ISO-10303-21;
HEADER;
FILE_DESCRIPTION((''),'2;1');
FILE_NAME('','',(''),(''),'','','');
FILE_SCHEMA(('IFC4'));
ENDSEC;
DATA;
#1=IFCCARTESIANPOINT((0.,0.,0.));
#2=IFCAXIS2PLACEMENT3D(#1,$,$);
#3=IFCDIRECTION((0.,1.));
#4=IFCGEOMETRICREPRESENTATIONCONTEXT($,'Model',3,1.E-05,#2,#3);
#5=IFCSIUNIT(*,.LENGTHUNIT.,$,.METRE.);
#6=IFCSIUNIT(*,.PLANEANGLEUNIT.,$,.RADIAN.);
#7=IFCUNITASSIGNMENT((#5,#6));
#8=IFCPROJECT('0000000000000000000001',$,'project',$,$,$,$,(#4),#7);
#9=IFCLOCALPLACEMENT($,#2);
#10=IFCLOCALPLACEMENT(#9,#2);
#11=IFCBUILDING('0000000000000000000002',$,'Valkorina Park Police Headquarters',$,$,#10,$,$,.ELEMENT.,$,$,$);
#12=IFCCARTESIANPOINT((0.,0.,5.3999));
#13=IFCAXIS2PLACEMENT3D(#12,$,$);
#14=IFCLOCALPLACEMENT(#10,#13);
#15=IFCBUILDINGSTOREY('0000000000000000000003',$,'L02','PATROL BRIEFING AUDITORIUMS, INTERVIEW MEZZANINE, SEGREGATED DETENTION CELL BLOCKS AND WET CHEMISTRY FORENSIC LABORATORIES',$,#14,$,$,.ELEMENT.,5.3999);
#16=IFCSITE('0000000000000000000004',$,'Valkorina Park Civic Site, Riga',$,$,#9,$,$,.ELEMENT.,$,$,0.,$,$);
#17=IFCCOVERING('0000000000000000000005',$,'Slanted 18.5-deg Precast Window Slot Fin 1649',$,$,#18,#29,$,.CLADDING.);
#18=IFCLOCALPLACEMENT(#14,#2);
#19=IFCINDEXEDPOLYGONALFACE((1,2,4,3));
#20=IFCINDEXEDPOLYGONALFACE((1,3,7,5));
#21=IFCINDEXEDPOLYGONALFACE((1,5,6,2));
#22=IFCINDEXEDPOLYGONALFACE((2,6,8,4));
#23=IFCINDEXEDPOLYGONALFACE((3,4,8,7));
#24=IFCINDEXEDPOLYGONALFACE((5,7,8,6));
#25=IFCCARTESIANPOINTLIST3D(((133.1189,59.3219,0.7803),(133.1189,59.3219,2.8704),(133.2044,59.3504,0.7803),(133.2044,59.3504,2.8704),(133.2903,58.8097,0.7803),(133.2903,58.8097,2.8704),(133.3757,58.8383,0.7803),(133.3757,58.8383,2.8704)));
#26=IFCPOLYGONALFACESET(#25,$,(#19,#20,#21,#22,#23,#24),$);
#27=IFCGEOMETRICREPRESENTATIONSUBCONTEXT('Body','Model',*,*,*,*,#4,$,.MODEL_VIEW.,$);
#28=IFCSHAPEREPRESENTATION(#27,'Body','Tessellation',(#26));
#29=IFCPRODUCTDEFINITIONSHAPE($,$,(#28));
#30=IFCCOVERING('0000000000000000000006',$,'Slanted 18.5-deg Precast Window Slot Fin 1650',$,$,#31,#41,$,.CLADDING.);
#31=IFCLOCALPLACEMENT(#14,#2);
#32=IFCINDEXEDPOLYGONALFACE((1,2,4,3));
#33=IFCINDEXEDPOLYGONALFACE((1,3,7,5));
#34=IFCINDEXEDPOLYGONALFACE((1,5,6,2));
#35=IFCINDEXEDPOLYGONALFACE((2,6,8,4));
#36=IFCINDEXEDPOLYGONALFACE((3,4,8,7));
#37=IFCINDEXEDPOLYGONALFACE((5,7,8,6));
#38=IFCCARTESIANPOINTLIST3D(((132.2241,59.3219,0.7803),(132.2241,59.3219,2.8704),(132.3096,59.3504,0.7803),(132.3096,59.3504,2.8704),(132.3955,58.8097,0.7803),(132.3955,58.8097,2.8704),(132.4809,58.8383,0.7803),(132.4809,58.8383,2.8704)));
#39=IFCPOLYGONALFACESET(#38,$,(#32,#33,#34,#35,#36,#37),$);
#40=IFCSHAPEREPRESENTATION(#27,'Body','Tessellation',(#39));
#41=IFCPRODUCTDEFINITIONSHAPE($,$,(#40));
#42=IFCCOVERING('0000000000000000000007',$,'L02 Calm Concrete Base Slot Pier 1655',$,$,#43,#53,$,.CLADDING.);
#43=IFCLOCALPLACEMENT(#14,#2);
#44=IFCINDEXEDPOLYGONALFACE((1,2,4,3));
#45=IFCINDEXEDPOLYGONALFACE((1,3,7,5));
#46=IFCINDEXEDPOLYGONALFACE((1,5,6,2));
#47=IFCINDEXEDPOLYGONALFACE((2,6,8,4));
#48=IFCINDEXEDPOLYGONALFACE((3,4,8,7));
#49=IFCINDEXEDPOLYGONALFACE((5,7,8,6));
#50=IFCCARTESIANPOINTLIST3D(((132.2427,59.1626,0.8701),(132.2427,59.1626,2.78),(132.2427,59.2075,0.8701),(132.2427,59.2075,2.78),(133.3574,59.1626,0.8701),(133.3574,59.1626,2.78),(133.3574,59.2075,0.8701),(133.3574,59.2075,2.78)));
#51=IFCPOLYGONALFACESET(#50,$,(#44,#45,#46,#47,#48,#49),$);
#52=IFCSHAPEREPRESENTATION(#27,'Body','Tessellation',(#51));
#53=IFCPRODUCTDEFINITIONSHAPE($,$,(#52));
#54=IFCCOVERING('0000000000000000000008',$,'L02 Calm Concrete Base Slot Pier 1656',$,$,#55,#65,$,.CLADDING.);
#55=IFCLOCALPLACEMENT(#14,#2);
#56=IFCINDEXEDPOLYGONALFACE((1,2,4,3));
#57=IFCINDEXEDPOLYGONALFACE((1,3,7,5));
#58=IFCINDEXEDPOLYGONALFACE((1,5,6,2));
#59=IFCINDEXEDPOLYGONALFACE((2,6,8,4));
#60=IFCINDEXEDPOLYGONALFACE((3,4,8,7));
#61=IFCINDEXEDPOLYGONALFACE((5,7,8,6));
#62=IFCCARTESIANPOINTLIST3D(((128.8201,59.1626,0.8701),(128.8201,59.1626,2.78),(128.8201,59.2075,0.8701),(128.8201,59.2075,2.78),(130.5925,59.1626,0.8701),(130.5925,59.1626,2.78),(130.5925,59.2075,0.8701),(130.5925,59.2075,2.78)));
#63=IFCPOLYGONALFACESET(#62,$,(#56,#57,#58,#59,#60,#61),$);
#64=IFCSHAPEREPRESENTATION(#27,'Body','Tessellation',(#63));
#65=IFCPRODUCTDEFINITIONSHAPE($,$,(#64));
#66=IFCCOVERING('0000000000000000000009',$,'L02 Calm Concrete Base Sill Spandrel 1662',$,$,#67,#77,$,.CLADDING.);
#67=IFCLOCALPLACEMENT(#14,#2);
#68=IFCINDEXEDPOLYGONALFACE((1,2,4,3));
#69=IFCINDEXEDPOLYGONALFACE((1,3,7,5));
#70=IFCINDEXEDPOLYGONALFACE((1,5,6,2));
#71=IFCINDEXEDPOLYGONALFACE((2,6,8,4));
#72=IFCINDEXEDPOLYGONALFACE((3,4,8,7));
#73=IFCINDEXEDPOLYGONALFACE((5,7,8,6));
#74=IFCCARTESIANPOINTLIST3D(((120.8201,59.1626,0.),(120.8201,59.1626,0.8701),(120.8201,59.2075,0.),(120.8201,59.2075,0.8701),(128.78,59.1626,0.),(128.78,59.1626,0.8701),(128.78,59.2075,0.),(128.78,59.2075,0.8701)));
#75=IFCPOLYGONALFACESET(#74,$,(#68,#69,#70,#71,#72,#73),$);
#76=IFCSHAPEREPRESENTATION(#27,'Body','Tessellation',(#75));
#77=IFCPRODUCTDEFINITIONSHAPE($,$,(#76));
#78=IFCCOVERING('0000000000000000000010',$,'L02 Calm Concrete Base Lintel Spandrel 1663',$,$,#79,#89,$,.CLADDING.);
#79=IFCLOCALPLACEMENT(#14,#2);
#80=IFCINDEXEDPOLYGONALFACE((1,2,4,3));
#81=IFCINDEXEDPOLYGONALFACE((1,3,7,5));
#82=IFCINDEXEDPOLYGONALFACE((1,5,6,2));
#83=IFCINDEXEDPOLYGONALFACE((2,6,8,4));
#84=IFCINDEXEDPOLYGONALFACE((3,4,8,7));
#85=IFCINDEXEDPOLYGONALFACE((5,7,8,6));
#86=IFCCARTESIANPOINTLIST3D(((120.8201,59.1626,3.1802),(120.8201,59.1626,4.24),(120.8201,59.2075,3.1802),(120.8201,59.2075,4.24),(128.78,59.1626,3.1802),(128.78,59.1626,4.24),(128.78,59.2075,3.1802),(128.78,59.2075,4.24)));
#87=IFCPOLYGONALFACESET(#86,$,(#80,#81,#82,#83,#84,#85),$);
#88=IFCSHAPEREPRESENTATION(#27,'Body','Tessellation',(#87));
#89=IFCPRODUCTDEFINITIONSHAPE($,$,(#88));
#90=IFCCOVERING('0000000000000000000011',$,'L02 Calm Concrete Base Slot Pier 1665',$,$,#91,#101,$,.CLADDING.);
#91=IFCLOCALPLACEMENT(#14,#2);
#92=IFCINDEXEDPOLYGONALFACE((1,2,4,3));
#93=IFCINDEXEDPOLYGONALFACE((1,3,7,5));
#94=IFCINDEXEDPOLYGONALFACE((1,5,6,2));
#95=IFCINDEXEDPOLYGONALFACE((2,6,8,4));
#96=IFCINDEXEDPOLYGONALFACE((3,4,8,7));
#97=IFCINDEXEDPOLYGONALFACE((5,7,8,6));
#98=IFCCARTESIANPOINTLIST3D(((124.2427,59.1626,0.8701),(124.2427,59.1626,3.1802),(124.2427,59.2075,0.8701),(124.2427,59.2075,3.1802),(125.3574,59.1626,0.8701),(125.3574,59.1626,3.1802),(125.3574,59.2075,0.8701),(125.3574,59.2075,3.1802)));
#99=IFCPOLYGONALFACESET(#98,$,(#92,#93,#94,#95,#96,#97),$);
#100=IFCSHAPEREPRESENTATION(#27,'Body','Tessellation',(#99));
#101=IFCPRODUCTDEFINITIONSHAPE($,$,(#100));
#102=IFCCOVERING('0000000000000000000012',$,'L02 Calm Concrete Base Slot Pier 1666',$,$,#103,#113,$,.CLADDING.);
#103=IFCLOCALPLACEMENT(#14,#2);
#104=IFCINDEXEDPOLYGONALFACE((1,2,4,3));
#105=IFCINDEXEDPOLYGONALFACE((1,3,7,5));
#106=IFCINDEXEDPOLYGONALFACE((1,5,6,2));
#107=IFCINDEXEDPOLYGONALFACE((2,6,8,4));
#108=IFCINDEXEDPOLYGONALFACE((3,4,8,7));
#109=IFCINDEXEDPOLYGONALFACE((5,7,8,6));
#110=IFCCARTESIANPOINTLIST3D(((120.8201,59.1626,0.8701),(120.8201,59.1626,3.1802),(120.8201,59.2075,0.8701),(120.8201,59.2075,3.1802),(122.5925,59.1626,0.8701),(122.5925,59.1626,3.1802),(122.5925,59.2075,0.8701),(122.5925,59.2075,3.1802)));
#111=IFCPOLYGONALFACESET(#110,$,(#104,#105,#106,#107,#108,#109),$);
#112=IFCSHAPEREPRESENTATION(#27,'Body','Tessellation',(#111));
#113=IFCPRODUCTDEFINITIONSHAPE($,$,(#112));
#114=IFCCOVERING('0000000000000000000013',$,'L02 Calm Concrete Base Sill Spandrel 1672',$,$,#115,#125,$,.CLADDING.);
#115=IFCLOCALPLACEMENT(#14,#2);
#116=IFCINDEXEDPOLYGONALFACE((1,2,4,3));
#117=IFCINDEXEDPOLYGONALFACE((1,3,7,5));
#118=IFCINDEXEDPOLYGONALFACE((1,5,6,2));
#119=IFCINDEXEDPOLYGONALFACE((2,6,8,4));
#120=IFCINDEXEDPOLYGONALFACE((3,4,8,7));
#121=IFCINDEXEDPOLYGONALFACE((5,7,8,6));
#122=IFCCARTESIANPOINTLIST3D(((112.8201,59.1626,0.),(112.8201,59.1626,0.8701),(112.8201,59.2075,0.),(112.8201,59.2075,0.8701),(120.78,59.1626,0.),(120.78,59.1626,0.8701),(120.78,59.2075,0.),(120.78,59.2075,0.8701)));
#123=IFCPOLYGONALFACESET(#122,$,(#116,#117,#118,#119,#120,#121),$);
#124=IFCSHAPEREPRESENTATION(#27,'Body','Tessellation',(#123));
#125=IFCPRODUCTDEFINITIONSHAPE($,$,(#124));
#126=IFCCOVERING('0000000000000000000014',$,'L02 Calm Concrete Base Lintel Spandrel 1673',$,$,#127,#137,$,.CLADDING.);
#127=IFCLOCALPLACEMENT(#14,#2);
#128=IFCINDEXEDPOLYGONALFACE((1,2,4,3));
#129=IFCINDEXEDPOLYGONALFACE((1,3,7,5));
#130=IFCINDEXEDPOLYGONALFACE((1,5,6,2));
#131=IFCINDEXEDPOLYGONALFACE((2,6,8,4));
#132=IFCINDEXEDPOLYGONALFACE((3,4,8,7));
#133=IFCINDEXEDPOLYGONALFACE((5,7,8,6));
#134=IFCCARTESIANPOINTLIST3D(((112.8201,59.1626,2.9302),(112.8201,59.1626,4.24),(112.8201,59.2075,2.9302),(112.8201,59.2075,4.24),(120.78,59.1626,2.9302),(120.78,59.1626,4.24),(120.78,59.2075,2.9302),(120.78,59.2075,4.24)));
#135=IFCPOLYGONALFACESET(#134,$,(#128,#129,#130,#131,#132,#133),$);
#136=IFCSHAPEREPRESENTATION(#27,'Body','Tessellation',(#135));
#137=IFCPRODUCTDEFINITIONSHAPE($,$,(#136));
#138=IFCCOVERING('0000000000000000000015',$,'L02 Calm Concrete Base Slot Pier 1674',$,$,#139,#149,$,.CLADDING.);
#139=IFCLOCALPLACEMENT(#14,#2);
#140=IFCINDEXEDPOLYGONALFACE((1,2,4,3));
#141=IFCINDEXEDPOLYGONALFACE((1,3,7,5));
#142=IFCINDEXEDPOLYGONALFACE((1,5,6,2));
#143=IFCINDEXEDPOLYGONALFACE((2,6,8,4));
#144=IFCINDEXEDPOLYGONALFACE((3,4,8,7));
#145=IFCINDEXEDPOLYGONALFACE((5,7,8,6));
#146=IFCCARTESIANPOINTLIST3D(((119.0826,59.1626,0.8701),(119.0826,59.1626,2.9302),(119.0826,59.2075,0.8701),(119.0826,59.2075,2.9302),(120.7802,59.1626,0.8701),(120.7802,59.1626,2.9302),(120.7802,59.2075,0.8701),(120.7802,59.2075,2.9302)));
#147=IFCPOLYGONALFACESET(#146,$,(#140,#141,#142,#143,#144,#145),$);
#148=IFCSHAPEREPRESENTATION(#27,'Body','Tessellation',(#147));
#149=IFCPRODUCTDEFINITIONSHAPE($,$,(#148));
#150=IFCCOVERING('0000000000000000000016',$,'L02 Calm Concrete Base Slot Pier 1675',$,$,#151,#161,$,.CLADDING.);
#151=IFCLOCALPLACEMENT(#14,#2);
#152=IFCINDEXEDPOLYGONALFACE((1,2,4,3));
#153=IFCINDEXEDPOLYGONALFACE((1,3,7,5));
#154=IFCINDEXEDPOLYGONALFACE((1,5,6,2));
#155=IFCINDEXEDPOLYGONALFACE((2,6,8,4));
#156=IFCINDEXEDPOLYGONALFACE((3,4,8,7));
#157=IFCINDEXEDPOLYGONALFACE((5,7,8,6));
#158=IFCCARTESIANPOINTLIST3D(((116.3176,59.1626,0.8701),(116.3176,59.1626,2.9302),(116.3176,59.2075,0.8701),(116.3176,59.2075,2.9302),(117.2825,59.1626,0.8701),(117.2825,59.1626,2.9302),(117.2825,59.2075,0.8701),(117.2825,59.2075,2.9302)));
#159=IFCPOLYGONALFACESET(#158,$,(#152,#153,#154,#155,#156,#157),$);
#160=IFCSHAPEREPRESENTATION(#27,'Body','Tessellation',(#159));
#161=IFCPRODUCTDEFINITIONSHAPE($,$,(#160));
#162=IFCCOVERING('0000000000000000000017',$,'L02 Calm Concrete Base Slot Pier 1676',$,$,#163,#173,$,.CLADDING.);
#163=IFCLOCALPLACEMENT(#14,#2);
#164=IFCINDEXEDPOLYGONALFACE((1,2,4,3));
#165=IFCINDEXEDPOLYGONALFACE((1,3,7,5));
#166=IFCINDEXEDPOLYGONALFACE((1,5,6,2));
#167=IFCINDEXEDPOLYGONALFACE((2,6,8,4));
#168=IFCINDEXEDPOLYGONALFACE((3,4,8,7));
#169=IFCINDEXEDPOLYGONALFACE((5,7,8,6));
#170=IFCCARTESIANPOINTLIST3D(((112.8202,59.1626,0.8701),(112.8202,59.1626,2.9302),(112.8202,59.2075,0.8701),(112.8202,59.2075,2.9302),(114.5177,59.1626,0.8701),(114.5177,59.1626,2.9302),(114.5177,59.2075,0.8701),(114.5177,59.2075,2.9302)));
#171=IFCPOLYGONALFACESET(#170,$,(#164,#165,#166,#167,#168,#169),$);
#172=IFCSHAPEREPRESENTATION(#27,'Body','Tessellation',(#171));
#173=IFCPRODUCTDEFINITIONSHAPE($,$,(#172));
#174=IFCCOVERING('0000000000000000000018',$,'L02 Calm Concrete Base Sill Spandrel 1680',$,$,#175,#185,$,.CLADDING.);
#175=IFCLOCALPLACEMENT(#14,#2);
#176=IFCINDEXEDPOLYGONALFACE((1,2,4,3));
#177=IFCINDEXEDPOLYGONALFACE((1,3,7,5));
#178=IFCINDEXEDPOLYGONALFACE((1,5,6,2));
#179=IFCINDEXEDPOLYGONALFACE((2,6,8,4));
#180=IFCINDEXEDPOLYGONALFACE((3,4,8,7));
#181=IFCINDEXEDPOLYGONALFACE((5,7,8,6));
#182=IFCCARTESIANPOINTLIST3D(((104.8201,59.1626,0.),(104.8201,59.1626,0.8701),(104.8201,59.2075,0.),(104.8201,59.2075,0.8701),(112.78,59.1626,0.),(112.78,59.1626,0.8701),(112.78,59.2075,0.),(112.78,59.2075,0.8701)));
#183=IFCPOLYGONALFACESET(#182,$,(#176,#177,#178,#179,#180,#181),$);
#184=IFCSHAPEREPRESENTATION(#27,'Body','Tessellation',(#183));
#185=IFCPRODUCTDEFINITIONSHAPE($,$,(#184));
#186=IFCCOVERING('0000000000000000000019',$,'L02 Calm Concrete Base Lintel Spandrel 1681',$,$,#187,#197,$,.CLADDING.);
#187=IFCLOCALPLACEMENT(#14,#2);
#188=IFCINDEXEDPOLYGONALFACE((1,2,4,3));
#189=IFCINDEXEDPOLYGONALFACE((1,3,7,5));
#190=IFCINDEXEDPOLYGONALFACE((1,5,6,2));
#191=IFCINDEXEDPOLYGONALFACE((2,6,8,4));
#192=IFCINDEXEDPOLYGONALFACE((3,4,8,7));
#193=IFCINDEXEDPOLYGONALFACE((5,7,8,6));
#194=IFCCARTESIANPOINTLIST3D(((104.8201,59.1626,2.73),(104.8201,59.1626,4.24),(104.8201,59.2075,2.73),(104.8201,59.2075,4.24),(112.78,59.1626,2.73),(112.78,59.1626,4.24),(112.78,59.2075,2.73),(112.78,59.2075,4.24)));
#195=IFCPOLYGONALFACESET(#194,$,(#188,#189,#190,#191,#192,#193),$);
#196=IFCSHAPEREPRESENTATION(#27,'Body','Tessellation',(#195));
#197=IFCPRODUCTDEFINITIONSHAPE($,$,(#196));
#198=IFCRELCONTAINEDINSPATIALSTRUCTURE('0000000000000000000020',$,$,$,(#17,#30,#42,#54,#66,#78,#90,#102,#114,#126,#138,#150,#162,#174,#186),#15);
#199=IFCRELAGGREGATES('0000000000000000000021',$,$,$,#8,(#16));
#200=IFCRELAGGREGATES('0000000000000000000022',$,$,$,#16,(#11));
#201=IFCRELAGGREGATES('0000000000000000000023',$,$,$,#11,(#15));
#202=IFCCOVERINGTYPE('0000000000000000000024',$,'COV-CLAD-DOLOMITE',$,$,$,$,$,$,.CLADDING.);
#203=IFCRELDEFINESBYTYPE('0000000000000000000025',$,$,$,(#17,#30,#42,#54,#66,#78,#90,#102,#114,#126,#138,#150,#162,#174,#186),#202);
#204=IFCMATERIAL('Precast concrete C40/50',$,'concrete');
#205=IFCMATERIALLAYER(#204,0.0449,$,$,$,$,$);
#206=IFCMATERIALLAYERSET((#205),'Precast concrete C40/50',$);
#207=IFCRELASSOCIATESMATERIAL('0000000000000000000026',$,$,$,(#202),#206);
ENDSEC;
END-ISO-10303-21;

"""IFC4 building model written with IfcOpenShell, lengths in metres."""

from ifc_helpers import new_model, si_unit, direction, frame, frame_2d, origin, origin_2d, place, context, subcontext, project, spatial, rectangle, extrude, material, layer, layer_set, type_object, element, save


model = new_model("IFC4")

# Units and contexts
model_context = context("Model", 3, precision=1e-05, world=origin(), true_north=direction((0.0, 1.0)))
body_context = subcontext(model_context, "Body", "Model", "MODEL_VIEW")
ifc_project = project(units=[si_unit("LENGTHUNIT", "METRE"), si_unit("PLANEANGLEUNIT", "RADIAN")], contexts=[model_context])

# Site, building, storey
site_placement = place(None, origin())
site = spatial("IfcSite", under=ifc_project, at=site_placement, Name="Valkorina Park Civic Site, Riga", CompositionType="ELEMENT", RefElevation=0.0)
building_placement = place(site_placement, origin())
building = spatial("IfcBuilding", under=site, at=building_placement, Name="Valkorina Park Police Headquarters", CompositionType="ELEMENT")
storey_placement = place(building_placement, frame((0.0, 0.0, 5.3999)))
storey = spatial("IfcBuildingStorey", under=building, at=storey_placement, Name="L02", Description="PATROL BRIEFING AUDITORIUMS, INTERVIEW MEZZANINE, SEGREGATED DETENTION CELL BLOCKS AND WET CHEMISTRY FORENSIC LABORATORIES", CompositionType="ELEMENT", Elevation=5.3999)

# Coverings
ifc_material_1 = material(Name="Precast concrete C40/50", Category="concrete")
ifc_layer = layer(ifc_material_1, 0.0449)
ifc_layer_set = layer_set([ifc_layer], Name="Precast concrete C40/50")
covering_type = type_object("IfcCoveringType", Name="COV-CLAD-DOLOMITE", PredefinedType="CLADDING", material=ifc_layer_set)
for number, where, z_axis, x_axis, name in (
    (1, (133.2473, 59.0801, 0.7803), (0.0, 0.0, 1.0), (0.317305, -0.948324, 0.0), "Slanted 18.5-deg Precast Window Slot Fin 1649"),
    (2, (132.3525, 59.0801, 0.7803), (0.0, 0.0, 1.0), (0.317305, -0.948324, 0.0), "Slanted 18.5-deg Precast Window Slot Fin 1650"),
):
    element("IfcCovering", number, at=place(storey_placement, frame(where, z_axis=z_axis, x_axis=x_axis)), inside=storey, type_object=covering_type, Name=name, PredefinedType="CLADDING", context=body_context, shape_type="SweptSolid", body=[
        extrude(rectangle(XDim=0.54, YDim=0.0901, at=origin_2d()), origin(), (0.0, 0.0, 1.0), 2.0901),
    ])
covering_1_placement = place(storey_placement, frame((133.3574, 59.1851, 0.8701), z_axis=(0.0, 0.0, 1.0), x_axis=(-1.0, 0.0, 0.0)))
element("IfcCovering", 3, at=covering_1_placement, inside=storey, type_object=covering_type, Name="L02 Calm Concrete Base Slot Pier 1655", PredefinedType="CLADDING", context=body_context, shape_type="SweptSolid", body=[
    extrude(rectangle(XDim=1.1147, YDim=0.0449, at=frame_2d((0.5574, 0.0))), origin(), (0.0, 0.0, 1.0), 1.9099),
])
covering_2_placement = place(storey_placement, frame((130.5925, 59.1851, 0.8701), z_axis=(0.0, 0.0, 1.0), x_axis=(-1.0, 0.0, 0.0)))
element("IfcCovering", 4, at=covering_2_placement, inside=storey, type_object=covering_type, Name="L02 Calm Concrete Base Slot Pier 1656", PredefinedType="CLADDING", context=body_context, shape_type="SweptSolid", body=[
    extrude(rectangle(XDim=1.7725, YDim=0.0449, at=frame_2d((0.8862, 0.0))), origin(), (0.0, 0.0, 1.0), 1.9099),
])
covering_3_placement = place(storey_placement, frame((128.78, 59.1851, 0.0), z_axis=(0.0, 0.0, 1.0), x_axis=(-1.0, 0.0, 0.0)))
element("IfcCovering", 5, at=covering_3_placement, inside=storey, type_object=covering_type, Name="L02 Calm Concrete Base Sill Spandrel 1662", PredefinedType="CLADDING", context=body_context, shape_type="SweptSolid", body=[
    extrude(rectangle(XDim=7.96, YDim=0.0449, at=frame_2d((3.98, 0.0))), origin(), (0.0, 0.0, 1.0), 0.8701),
])
covering_4_placement = place(storey_placement, frame((128.78, 59.1851, 3.1802), z_axis=(0.0, 0.0, 1.0), x_axis=(-1.0, 0.0, 0.0)))
element("IfcCovering", 6, at=covering_4_placement, inside=storey, type_object=covering_type, Name="L02 Calm Concrete Base Lintel Spandrel 1663", PredefinedType="CLADDING", context=body_context, shape_type="SweptSolid", body=[
    extrude(rectangle(XDim=7.96, YDim=0.0449, at=frame_2d((3.98, 0.0))), origin(), (0.0, 0.0, 1.0), 1.0598),
])
covering_5_placement = place(storey_placement, frame((125.3574, 59.1851, 0.8701), z_axis=(0.0, 0.0, 1.0), x_axis=(-1.0, 0.0, 0.0)))
element("IfcCovering", 7, at=covering_5_placement, inside=storey, type_object=covering_type, Name="L02 Calm Concrete Base Slot Pier 1665", PredefinedType="CLADDING", context=body_context, shape_type="SweptSolid", body=[
    extrude(rectangle(XDim=1.1147, YDim=0.0449, at=frame_2d((0.5574, 0.0))), origin(), (0.0, 0.0, 1.0), 2.3101),
])
covering_6_placement = place(storey_placement, frame((122.5925, 59.1851, 0.8701), z_axis=(0.0, 0.0, 1.0), x_axis=(-1.0, 0.0, 0.0)))
element("IfcCovering", 8, at=covering_6_placement, inside=storey, type_object=covering_type, Name="L02 Calm Concrete Base Slot Pier 1666", PredefinedType="CLADDING", context=body_context, shape_type="SweptSolid", body=[
    extrude(rectangle(XDim=1.7725, YDim=0.0449, at=frame_2d((0.8862, 0.0))), origin(), (0.0, 0.0, 1.0), 2.3101),
])
covering_7_placement = place(storey_placement, frame((120.78, 59.1851, 0.0), z_axis=(0.0, 0.0, 1.0), x_axis=(-1.0, 0.0, 0.0)))
element("IfcCovering", 9, at=covering_7_placement, inside=storey, type_object=covering_type, Name="L02 Calm Concrete Base Sill Spandrel 1672", PredefinedType="CLADDING", context=body_context, shape_type="SweptSolid", body=[
    extrude(rectangle(XDim=7.96, YDim=0.0449, at=frame_2d((3.98, 0.0))), origin(), (0.0, 0.0, 1.0), 0.8701),
])
covering_8_placement = place(storey_placement, frame((120.78, 59.1851, 2.9302), z_axis=(0.0, 0.0, 1.0), x_axis=(-1.0, 0.0, 0.0)))
element("IfcCovering", 10, at=covering_8_placement, inside=storey, type_object=covering_type, Name="L02 Calm Concrete Base Lintel Spandrel 1673", PredefinedType="CLADDING", context=body_context, shape_type="SweptSolid", body=[
    extrude(rectangle(XDim=7.96, YDim=0.0449, at=frame_2d((3.98, 0.0))), origin(), (0.0, 0.0, 1.0), 1.3098),
])
covering_9_placement = place(storey_placement, frame((120.78, 59.1851, 0.8701), z_axis=(0.0, 0.0, 1.0), x_axis=(-1.0, 0.0, 0.0)))
element("IfcCovering", 11, at=covering_9_placement, inside=storey, type_object=covering_type, Name="L02 Calm Concrete Base Slot Pier 1674", PredefinedType="CLADDING", context=body_context, shape_type="SweptSolid", body=[
    extrude(rectangle(XDim=1.6975, YDim=0.0449, at=frame_2d((0.8486, 0.0))), origin(), (0.0, 0.0, 1.0), 2.0601),
])
covering_10_placement = place(storey_placement, frame((117.2825, 59.1851, 0.8701), z_axis=(0.0, 0.0, 1.0), x_axis=(-1.0, 0.0, 0.0)))
element("IfcCovering", 12, at=covering_10_placement, inside=storey, type_object=covering_type, Name="L02 Calm Concrete Base Slot Pier 1675", PredefinedType="CLADDING", context=body_context, shape_type="SweptSolid", body=[
    extrude(rectangle(XDim=0.9648, YDim=0.0449, at=frame_2d((0.4824, 0.0))), origin(), (0.0, 0.0, 1.0), 2.0601),
])
covering_11_placement = place(storey_placement, frame((114.5176, 59.1851, 0.8701), z_axis=(0.0, 0.0, 1.0), x_axis=(-1.0, 0.0, 0.0)))
element("IfcCovering", 13, at=covering_11_placement, inside=storey, type_object=covering_type, Name="L02 Calm Concrete Base Slot Pier 1676", PredefinedType="CLADDING", context=body_context, shape_type="SweptSolid", body=[
    extrude(rectangle(XDim=1.6975, YDim=0.0449, at=frame_2d((0.8486, 0.0))), origin(), (0.0, 0.0, 1.0), 2.0601),
])
covering_12_placement = place(storey_placement, frame((112.78, 59.1851, 0.0), z_axis=(0.0, 0.0, 1.0), x_axis=(-1.0, 0.0, 0.0)))
element("IfcCovering", 14, at=covering_12_placement, inside=storey, type_object=covering_type, Name="L02 Calm Concrete Base Sill Spandrel 1680", PredefinedType="CLADDING", context=body_context, shape_type="SweptSolid", body=[
    extrude(rectangle(XDim=7.96, YDim=0.0449, at=frame_2d((3.98, 0.0))), origin(), (0.0, 0.0, 1.0), 0.8701),
])
covering_13_placement = place(storey_placement, frame((112.78, 59.1851, 2.73), z_axis=(0.0, 0.0, 1.0), x_axis=(-1.0, 0.0, 0.0)))
element("IfcCovering", 15, at=covering_13_placement, inside=storey, type_object=covering_type, Name="L02 Calm Concrete Base Lintel Spandrel 1681", PredefinedType="CLADDING", context=body_context, shape_type="SweptSolid", body=[
    extrude(rectangle(XDim=7.96, YDim=0.0449, at=frame_2d((3.98, 0.0))), origin(), (0.0, 0.0, 1.0), 1.51),
])

save(model, "model.ifc")
